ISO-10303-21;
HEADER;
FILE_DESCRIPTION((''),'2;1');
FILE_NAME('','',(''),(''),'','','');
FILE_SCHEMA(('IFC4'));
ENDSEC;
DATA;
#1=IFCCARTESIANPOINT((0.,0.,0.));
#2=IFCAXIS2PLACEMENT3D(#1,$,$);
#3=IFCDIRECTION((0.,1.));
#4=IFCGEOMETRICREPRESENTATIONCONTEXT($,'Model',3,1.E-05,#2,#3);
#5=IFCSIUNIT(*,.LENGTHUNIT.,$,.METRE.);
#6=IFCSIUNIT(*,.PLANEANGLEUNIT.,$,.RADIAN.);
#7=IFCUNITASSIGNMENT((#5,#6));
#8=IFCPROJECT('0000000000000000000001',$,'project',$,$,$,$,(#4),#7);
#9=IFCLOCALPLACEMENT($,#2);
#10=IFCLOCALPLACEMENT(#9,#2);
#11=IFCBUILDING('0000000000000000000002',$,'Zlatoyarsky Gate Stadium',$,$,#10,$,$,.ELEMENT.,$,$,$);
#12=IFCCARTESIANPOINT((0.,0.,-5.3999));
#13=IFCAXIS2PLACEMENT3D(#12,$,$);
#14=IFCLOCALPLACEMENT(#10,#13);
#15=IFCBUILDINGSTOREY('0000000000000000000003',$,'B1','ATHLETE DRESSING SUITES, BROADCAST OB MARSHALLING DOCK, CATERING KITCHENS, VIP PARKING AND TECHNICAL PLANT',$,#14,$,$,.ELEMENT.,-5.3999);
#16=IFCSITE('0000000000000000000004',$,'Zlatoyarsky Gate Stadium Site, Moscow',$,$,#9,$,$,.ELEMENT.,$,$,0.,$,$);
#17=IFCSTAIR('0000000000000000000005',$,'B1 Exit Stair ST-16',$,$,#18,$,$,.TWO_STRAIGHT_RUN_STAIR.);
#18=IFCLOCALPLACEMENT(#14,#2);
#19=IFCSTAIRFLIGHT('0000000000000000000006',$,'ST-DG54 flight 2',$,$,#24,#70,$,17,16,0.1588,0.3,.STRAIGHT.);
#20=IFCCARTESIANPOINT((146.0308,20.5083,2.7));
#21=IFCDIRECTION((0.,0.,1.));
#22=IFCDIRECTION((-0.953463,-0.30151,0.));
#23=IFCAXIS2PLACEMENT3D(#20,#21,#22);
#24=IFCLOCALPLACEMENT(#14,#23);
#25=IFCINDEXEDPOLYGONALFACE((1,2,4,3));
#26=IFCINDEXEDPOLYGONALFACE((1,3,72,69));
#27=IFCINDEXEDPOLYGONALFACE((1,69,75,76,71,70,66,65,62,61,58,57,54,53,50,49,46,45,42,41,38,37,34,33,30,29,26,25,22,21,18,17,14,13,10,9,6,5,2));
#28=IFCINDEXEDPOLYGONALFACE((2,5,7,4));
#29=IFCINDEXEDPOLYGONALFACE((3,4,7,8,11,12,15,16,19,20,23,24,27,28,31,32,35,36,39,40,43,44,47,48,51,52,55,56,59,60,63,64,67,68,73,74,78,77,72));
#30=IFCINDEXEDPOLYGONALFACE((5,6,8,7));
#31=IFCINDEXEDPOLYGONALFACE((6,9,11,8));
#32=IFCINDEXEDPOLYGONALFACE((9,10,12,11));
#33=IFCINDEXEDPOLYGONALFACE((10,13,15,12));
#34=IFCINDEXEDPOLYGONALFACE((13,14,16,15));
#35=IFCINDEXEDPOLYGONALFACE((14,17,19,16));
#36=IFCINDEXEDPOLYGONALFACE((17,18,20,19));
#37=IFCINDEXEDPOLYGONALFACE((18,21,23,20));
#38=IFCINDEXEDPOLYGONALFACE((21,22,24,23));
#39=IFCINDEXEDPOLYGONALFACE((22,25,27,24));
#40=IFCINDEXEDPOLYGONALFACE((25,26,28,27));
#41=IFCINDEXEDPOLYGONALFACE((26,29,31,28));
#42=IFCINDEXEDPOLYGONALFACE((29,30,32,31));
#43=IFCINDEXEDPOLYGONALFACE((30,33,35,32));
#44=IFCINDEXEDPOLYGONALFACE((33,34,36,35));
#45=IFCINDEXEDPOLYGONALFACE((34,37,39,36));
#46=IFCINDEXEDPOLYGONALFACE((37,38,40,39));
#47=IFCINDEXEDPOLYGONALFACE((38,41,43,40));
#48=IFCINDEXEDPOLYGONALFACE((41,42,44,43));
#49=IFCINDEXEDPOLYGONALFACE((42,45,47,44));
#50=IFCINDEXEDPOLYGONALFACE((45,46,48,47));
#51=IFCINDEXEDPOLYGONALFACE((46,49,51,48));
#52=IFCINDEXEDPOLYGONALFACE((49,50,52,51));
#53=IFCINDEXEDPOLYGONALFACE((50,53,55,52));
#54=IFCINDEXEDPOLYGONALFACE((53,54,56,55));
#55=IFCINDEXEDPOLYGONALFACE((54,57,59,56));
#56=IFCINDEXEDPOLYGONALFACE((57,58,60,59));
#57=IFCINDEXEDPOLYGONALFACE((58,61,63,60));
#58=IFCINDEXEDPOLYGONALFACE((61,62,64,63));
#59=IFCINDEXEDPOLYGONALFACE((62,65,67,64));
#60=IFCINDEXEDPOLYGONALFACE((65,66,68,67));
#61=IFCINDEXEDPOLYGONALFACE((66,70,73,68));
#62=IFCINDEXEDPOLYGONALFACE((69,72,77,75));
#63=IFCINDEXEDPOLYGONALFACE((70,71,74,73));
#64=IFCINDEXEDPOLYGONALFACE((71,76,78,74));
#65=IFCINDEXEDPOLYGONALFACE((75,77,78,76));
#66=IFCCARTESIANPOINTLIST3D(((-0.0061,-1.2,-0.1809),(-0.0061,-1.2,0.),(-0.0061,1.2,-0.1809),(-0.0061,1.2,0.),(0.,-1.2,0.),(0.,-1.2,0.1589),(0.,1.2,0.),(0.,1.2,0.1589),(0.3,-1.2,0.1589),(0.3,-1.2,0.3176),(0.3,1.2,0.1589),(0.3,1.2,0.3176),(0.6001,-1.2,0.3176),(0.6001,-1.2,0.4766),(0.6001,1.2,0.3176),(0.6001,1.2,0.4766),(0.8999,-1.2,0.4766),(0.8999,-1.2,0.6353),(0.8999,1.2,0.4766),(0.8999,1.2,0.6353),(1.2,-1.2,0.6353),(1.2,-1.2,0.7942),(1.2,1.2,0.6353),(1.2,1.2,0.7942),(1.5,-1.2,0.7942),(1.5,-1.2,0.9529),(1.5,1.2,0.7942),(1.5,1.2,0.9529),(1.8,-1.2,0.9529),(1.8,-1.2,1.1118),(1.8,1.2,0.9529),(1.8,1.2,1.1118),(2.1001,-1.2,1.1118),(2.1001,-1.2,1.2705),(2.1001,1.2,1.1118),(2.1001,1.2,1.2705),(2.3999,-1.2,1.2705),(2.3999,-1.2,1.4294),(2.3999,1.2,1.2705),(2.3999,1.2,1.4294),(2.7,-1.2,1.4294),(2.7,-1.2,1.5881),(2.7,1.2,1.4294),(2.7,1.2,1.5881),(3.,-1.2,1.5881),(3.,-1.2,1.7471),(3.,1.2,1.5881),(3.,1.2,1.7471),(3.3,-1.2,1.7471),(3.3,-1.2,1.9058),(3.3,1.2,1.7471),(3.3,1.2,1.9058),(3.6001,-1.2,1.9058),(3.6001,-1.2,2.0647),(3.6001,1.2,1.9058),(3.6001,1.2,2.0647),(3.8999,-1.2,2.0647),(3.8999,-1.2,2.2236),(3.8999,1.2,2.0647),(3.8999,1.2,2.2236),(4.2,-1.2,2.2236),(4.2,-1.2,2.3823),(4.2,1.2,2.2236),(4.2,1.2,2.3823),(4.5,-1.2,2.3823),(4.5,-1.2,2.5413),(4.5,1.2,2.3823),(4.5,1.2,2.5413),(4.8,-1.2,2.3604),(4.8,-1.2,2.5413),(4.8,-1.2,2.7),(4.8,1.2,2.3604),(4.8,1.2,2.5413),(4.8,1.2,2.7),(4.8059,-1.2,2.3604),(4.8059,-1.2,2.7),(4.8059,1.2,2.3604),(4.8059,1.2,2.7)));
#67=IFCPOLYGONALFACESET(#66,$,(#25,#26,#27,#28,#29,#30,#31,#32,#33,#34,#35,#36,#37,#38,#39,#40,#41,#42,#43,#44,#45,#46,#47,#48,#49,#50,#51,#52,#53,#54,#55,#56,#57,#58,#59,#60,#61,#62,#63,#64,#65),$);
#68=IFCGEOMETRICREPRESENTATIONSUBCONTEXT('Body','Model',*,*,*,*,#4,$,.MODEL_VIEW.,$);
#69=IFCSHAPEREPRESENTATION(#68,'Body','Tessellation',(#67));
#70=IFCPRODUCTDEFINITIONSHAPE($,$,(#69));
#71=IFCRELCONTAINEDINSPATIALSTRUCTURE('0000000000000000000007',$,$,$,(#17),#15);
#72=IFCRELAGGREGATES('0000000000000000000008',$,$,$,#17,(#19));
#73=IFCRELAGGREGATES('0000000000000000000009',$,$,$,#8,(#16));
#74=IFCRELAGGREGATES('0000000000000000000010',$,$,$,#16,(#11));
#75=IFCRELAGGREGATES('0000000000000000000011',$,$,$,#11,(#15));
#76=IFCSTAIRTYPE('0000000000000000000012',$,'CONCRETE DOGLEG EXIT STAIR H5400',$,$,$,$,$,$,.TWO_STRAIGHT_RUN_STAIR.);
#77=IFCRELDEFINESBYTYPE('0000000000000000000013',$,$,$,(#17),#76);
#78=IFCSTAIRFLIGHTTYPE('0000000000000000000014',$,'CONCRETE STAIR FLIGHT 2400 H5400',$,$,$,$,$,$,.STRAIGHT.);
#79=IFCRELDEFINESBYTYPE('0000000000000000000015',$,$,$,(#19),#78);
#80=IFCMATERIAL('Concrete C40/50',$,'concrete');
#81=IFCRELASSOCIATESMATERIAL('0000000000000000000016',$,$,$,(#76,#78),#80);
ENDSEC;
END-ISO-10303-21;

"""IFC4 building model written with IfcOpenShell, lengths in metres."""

from ifc_helpers import new_model, si_unit, direction, frame, origin, place, context, subcontext, project, spatial, polyline, outline, extrude, material, type_object, element, aggregate, save


model = new_model("IFC4")

# Units and contexts
model_context = context("Model", 3, precision=1e-05, world=origin(), true_north=direction((0.0, 1.0)))
body_context = subcontext(model_context, "Body", "Model", "MODEL_VIEW")
ifc_project = project(units=[si_unit("LENGTHUNIT", "METRE"), si_unit("PLANEANGLEUNIT", "RADIAN")], contexts=[model_context])

# Site, building, storey
site_placement = place(None, origin())
site = spatial("IfcSite", under=ifc_project, at=site_placement, Name="Zlatoyarsky Gate Stadium Site, Moscow", CompositionType="ELEMENT", RefElevation=0.0)
building_placement = place(site_placement, origin())
building = spatial("IfcBuilding", under=site, at=building_placement, Name="Zlatoyarsky Gate Stadium", CompositionType="ELEMENT")
storey_placement = place(building_placement, frame((0.0, 0.0, -5.3999)))
storey = spatial("IfcBuildingStorey", under=building, at=storey_placement, Name="B1", Description="ATHLETE DRESSING SUITES, BROADCAST OB MARSHALLING DOCK, CATERING KITCHENS, VIP PARKING AND TECHNICAL PLANT", CompositionType="ELEMENT", Elevation=-5.3999)

# Shared definitions
ifc_material_1 = material(Name="Concrete C40/50", Category="concrete")

# Stair, stair flight
stair_type = type_object("IfcStairType", Name="CONCRETE DOGLEG EXIT STAIR H5400", PredefinedType="TWO_STRAIGHT_RUN_STAIR", material=ifc_material_1)
stair_placement = place(storey_placement, origin())
stair = element("IfcStair", 1, at=stair_placement, inside=storey, type_object=stair_type, Name="B1 Exit Stair ST-16", PredefinedType="TWO_STRAIGHT_RUN_STAIR")
stair_flight_type = type_object("IfcStairFlightType", Name="CONCRETE STAIR FLIGHT 2400 H5400", PredefinedType="STRAIGHT", material=ifc_material_1)
stair_flight_placement = place(storey_placement, frame((146.0308, 20.5083, 2.7), z_axis=(0.0, 0.0, 1.0), x_axis=(-0.953463, -0.30151, 0.0)))
stair_flight = element("IfcStairFlight", 2, at=stair_flight_placement, type_object=stair_flight_type, Name="ST-DG54 flight 2", NumberOfRisers=17, NumberOfTreads=16, PredefinedType="STRAIGHT", RiserHeight=0.1588, TreadLength=0.3, context=body_context, shape_type="SweptSolid", body=[
    extrude(outline(polyline([(-0.0061, -0.1809), (-0.0061, 0.0), (0.0, 0.0), (0.0, 0.1589), (0.3, 0.1589), (0.3, 0.3176), (0.6001, 0.3176), (0.6001, 0.4766), (0.8999, 0.4766), (0.8999, 0.6353), (1.2, 0.6353), (1.2, 0.7942), (1.5, 0.7942), (1.5, 0.9529), (1.8, 0.9529), (1.8, 1.1118), (2.1001, 1.1118), (2.1001, 1.2705), (2.3999, 1.2705), (2.3999, 1.4294), (2.7, 1.4294), (2.7, 1.5881), (3.0, 1.5881), (3.0, 1.7471), (3.3, 1.7471), (3.3, 1.9058), (3.6001, 1.9058), (3.6001, 2.0647), (3.8999, 2.0647), (3.8999, 2.2236), (4.2, 2.2236), (4.2, 2.3823), (4.5, 2.3823), (4.5, 2.5413), (4.8, 2.5413), (4.8, 2.7), (4.8059, 2.7), (4.8059, 2.3604), (4.8, 2.3604), (-0.0061, -0.1809)])), frame((0.0, 1.2, 0.0), z_axis=(0.0, -1.0, 0.0), x_axis=(1.0, 0.0, 0.0)), (0.0, 0.0, 1.0), 2.3999),
])
aggregate(stair, [stair_flight])

save(model, "model.ifc")
